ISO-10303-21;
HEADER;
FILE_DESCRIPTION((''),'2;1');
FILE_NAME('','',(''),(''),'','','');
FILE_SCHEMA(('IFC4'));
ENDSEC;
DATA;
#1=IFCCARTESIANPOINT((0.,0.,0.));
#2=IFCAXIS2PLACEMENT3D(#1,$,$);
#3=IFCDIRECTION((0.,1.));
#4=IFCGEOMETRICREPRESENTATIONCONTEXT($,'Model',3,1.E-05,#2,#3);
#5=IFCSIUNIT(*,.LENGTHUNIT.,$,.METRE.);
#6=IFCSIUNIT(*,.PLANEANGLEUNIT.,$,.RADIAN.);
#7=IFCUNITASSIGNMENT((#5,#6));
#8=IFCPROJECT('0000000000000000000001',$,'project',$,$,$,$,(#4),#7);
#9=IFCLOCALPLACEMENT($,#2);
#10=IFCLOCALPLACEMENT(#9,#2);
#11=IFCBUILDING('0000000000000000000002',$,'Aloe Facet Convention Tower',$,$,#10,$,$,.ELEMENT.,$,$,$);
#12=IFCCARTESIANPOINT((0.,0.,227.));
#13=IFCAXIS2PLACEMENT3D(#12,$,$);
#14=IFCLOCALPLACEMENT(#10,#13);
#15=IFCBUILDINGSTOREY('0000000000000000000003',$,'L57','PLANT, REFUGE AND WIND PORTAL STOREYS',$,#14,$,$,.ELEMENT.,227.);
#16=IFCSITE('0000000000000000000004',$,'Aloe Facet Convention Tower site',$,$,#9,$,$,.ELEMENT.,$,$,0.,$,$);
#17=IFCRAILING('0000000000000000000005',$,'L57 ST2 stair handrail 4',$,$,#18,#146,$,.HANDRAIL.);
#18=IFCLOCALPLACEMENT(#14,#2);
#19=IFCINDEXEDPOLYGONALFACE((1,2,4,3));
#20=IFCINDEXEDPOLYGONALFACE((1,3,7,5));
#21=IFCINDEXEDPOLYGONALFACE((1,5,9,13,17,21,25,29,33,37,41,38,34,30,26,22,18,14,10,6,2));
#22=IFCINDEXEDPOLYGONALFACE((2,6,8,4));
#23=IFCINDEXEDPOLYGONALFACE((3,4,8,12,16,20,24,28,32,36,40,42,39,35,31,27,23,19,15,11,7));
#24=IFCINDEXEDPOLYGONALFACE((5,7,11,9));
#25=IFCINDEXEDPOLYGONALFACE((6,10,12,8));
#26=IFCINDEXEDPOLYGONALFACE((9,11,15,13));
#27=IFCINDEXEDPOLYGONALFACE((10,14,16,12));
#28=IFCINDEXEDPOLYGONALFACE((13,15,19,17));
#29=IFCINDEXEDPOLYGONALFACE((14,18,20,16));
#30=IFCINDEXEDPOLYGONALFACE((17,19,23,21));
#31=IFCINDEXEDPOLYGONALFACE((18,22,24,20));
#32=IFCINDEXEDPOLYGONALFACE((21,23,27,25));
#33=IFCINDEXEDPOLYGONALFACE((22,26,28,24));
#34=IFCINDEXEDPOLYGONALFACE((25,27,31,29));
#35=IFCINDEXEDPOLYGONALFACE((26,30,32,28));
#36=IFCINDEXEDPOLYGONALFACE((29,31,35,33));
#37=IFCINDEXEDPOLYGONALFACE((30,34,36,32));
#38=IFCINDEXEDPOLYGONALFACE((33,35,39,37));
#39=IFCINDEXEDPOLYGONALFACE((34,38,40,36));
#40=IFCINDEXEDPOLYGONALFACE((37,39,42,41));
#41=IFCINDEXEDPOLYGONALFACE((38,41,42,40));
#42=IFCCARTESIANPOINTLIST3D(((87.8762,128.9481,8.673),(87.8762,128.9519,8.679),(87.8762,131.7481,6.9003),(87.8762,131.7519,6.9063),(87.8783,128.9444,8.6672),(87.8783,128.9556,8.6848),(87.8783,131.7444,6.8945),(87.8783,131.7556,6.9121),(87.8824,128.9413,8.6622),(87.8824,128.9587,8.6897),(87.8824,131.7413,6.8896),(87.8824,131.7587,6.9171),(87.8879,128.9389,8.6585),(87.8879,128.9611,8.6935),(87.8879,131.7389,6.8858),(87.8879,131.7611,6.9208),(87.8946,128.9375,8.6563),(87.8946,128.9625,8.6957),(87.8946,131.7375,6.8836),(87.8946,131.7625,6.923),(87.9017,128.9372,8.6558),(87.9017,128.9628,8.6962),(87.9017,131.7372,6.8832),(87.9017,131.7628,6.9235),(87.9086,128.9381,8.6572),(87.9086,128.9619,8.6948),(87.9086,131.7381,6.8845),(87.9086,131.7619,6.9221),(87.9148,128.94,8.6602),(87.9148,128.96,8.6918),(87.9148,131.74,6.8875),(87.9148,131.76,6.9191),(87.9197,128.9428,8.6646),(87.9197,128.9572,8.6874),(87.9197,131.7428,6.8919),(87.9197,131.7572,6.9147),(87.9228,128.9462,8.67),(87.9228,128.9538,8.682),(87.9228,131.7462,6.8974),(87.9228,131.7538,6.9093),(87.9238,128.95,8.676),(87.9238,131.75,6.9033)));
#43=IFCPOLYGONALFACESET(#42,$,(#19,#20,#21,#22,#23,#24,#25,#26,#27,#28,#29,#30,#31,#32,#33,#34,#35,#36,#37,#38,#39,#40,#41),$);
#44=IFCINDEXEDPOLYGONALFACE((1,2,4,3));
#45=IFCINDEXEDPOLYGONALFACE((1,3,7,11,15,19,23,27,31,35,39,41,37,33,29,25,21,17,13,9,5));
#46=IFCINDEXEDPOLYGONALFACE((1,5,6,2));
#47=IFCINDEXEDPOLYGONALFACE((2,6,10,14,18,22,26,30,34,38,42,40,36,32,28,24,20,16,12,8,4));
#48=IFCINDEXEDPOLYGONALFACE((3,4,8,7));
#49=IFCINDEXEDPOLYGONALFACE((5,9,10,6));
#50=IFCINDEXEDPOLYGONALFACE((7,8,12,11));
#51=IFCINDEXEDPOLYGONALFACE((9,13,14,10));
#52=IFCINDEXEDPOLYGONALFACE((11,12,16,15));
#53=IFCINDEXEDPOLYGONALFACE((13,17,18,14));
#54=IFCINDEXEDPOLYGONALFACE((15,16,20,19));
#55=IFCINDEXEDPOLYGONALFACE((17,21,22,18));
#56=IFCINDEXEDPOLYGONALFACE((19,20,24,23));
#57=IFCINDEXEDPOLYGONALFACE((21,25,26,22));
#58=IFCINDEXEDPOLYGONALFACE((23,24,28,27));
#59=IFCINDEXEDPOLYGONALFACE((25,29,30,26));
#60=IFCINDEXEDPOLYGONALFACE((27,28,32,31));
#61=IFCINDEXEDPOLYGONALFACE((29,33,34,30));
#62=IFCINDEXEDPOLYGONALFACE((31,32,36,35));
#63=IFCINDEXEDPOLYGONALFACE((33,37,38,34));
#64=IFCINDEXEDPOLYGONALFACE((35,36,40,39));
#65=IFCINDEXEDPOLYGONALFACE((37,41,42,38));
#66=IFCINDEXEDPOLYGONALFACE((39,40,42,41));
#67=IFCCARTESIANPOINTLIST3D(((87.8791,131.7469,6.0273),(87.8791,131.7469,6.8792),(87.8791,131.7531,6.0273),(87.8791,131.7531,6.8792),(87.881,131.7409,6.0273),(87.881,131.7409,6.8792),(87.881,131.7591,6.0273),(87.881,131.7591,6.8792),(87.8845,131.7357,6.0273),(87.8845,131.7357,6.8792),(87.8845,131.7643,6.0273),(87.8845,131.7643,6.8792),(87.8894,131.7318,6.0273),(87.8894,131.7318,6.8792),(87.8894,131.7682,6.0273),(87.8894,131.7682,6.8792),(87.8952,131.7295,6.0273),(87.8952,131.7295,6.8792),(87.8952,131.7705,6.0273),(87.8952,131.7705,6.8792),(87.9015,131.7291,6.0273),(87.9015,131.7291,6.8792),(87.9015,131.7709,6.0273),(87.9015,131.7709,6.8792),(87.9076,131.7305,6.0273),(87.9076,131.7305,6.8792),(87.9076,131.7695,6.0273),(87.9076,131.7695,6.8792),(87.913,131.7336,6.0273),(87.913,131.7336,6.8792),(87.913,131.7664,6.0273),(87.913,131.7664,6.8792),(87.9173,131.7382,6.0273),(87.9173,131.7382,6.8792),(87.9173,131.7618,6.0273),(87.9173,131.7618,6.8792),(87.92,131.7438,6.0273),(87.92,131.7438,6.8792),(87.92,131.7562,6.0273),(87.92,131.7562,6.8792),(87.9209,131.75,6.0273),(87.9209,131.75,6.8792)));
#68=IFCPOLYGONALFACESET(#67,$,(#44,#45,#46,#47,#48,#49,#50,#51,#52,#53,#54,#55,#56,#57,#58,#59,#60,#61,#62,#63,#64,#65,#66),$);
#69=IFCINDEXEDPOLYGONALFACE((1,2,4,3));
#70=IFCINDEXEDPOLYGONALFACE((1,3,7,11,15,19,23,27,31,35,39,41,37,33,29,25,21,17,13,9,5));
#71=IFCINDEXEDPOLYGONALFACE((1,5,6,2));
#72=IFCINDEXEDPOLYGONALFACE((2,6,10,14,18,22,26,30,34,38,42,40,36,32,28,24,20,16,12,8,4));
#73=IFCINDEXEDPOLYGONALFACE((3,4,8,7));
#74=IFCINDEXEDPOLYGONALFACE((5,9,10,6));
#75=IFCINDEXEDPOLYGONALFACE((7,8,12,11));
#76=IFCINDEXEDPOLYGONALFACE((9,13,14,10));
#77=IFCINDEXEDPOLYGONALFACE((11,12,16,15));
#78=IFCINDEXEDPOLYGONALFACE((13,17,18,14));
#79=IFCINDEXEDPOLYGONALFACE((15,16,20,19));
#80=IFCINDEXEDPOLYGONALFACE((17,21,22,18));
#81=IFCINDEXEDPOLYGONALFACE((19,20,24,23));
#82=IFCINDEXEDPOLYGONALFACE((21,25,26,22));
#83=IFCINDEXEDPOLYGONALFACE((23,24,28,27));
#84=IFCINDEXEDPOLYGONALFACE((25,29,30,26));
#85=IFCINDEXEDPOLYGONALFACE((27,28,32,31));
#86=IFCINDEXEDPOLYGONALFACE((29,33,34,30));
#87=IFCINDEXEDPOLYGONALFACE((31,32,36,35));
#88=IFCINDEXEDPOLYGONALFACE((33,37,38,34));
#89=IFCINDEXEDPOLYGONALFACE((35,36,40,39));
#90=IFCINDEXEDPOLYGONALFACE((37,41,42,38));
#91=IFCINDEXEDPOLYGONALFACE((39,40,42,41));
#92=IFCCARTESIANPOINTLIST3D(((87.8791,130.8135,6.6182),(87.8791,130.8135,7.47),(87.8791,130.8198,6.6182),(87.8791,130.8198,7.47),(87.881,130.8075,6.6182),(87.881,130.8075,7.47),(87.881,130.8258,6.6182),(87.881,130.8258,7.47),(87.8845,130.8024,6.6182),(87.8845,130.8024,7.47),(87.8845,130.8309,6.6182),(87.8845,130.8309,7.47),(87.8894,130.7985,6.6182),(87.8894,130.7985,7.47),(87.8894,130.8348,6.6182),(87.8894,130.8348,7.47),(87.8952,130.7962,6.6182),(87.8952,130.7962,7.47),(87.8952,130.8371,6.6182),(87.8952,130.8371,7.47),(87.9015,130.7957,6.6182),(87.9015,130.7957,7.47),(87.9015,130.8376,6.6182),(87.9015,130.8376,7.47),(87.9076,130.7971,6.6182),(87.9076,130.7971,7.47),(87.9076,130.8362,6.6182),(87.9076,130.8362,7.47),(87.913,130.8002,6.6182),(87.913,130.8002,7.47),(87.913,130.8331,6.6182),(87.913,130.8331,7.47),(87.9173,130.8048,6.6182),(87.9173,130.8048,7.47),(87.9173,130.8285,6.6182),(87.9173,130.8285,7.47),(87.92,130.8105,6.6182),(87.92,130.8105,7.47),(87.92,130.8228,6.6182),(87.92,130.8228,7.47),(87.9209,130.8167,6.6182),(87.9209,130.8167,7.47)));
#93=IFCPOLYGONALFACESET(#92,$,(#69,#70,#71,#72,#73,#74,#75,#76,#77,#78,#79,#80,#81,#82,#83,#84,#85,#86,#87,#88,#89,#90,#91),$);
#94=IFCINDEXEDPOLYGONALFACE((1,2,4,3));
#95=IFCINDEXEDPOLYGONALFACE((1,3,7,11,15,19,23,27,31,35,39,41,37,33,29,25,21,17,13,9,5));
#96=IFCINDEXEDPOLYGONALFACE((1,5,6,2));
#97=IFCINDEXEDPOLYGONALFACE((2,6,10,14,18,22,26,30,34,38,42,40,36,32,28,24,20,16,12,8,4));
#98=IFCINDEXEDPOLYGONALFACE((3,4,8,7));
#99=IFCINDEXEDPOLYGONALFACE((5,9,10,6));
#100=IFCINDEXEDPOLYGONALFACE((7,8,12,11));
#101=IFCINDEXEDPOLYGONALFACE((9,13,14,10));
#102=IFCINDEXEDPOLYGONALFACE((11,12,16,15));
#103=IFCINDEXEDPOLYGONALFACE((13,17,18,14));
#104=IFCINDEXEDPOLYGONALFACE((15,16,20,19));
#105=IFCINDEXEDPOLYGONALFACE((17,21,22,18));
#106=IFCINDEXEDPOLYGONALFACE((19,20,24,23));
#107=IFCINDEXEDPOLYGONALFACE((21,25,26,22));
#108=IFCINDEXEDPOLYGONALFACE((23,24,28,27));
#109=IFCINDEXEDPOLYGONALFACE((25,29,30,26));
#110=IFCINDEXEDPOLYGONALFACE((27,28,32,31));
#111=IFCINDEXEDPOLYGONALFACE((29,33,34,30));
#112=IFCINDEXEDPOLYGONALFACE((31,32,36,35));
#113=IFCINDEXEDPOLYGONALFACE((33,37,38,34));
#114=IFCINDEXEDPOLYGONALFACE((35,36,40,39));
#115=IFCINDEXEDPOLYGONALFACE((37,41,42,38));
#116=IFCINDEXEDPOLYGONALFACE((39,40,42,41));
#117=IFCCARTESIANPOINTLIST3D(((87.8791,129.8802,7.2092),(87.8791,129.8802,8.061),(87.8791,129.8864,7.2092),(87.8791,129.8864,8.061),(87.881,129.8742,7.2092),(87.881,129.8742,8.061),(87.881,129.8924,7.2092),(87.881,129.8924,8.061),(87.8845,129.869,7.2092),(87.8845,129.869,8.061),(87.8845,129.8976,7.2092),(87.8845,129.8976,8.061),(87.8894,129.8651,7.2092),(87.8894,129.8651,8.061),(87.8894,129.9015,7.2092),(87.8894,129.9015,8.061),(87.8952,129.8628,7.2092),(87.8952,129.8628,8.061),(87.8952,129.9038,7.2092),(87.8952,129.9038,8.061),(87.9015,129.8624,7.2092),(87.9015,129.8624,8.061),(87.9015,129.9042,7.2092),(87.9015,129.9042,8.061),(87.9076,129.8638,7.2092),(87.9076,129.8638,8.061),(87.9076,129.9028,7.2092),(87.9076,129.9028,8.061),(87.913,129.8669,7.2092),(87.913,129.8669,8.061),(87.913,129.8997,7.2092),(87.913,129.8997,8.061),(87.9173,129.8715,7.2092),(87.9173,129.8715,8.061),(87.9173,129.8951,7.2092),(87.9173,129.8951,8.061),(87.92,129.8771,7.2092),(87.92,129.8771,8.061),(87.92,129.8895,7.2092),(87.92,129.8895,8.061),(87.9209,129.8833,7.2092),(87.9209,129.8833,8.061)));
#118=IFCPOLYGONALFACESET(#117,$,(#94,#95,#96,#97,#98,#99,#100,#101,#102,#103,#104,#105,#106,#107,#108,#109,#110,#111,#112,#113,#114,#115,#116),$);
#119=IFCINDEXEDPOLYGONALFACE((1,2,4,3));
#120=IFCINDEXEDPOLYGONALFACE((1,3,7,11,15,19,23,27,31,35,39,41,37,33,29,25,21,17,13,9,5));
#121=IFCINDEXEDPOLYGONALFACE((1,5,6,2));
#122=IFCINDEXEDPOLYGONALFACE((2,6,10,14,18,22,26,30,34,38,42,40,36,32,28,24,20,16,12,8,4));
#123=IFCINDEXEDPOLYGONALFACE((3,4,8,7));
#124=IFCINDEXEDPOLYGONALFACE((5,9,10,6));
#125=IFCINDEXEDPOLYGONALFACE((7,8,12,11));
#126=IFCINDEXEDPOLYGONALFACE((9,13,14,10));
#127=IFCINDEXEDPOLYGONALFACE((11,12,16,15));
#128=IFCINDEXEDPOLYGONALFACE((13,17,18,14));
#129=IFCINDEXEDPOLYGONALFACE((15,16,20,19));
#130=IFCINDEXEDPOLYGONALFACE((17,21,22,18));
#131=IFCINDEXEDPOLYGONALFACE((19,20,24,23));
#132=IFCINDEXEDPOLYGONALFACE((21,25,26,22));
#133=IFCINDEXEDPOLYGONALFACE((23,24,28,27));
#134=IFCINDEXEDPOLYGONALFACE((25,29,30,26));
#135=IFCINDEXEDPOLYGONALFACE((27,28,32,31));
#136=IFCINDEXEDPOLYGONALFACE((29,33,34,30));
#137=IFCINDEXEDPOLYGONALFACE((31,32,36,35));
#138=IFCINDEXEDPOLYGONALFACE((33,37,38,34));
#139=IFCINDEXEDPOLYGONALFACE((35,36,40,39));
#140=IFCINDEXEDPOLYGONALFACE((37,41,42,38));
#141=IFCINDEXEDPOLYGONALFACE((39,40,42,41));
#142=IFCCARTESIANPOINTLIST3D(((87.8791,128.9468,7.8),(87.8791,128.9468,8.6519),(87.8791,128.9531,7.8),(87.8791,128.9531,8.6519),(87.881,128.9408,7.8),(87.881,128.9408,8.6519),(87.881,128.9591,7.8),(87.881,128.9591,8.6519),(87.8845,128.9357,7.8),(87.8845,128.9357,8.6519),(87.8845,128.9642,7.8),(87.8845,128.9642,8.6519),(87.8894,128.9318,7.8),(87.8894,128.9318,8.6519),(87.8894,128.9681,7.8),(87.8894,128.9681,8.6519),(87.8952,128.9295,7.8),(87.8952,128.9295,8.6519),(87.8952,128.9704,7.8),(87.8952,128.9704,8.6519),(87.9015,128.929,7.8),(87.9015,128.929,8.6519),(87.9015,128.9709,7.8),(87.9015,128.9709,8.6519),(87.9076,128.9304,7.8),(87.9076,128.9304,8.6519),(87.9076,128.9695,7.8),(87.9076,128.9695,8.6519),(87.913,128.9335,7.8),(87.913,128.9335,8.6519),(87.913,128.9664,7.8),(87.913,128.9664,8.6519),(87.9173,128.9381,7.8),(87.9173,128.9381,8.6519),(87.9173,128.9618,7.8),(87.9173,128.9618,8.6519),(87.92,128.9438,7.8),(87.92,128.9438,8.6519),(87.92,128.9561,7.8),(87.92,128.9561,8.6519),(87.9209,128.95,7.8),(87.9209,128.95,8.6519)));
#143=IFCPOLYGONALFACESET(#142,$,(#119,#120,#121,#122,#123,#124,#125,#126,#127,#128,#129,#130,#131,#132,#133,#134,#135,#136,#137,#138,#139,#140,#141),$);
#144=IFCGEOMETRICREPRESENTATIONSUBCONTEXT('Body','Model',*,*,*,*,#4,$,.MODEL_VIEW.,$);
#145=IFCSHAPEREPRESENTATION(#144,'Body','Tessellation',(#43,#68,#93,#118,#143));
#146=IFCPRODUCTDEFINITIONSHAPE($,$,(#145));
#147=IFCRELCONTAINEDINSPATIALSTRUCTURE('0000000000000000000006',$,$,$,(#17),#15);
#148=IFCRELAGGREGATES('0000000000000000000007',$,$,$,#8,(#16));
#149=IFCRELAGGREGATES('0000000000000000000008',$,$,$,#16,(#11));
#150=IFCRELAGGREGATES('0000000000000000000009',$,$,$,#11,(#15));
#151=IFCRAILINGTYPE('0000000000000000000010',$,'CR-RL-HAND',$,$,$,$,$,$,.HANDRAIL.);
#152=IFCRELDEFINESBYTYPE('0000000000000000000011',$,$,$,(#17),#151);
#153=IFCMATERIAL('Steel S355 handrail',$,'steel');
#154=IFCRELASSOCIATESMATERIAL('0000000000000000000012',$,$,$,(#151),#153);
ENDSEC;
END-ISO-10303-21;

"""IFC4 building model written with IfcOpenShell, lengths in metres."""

from ifc_helpers import new_model, si_unit, direction, frame, origin, origin_2d, place, context, subcontext, project, spatial, circle, extrude, material, type_object, element, save


model = new_model("IFC4")

# Units and contexts
model_context = context("Model", 3, precision=1e-05, world=origin(), true_north=direction((0.0, 1.0)))
body_context = subcontext(model_context, "Body", "Model", "MODEL_VIEW")
ifc_project = project(units=[si_unit("LENGTHUNIT", "METRE"), si_unit("PLANEANGLEUNIT", "RADIAN")], contexts=[model_context])

# Site, building, storey
site_placement = place(None, origin())
site = spatial("IfcSite", under=ifc_project, at=site_placement, Name="Aloe Facet Convention Tower site", CompositionType="ELEMENT", RefElevation=0.0)
building_placement = place(site_placement, origin())
building = spatial("IfcBuilding", under=site, at=building_placement, Name="Aloe Facet Convention Tower", CompositionType="ELEMENT")
storey_placement = place(building_placement, frame((0.0, 0.0, 227.0)))
storey = spatial("IfcBuildingStorey", under=building, at=storey_placement, Name="L57", Description="PLANT, REFUGE AND WIND PORTAL STOREYS", CompositionType="ELEMENT", Elevation=227.0)

# Railing
ifc_material_1 = material(Name="Steel S355 handrail", Category="steel")
railing_type_1 = type_object("IfcRailingType", Name="CR-RL-HAND", PredefinedType="HANDRAIL", material=ifc_material_1)
for number, where, name in (
    (1, (87.8999, 131.75, 6.0273), "L57 ST2 stair handrail 4"),
):
    element("IfcRailing", number, at=place(storey_placement, frame(where)), inside=storey, type_object=railing_type_1, Name=name, PredefinedType="HANDRAIL", context=body_context, shape_type="SweptSolid", body=[
        extrude(circle(Radius=0.0239, at=origin_2d()), frame((0.0, 0.0, 0.876), z_axis=(0.0, -0.844909, 0.53491), x_axis=(1.0, 0.0, 0.0)), (0.0, 0.0, 1.0), 3.314),
        extrude(circle(Radius=0.021, at=origin_2d()), origin(), (0.0, 0.0, 1.0), 0.8518),
        extrude(circle(Radius=0.021, at=origin_2d()), frame((0.0, -0.9333, 0.5908)), (0.0, 0.0, 1.0), 0.8518),
        extrude(circle(Radius=0.021, at=origin_2d()), frame((0.0, -1.8667, 1.1819)), (0.0, 0.0, 1.0), 0.8518),
        extrude(circle(Radius=0.021, at=origin_2d()), frame((0.0, -2.8, 1.7727)), (0.0, 0.0, 1.0), 0.8518),
    ])

save(model, "model.ifc")
